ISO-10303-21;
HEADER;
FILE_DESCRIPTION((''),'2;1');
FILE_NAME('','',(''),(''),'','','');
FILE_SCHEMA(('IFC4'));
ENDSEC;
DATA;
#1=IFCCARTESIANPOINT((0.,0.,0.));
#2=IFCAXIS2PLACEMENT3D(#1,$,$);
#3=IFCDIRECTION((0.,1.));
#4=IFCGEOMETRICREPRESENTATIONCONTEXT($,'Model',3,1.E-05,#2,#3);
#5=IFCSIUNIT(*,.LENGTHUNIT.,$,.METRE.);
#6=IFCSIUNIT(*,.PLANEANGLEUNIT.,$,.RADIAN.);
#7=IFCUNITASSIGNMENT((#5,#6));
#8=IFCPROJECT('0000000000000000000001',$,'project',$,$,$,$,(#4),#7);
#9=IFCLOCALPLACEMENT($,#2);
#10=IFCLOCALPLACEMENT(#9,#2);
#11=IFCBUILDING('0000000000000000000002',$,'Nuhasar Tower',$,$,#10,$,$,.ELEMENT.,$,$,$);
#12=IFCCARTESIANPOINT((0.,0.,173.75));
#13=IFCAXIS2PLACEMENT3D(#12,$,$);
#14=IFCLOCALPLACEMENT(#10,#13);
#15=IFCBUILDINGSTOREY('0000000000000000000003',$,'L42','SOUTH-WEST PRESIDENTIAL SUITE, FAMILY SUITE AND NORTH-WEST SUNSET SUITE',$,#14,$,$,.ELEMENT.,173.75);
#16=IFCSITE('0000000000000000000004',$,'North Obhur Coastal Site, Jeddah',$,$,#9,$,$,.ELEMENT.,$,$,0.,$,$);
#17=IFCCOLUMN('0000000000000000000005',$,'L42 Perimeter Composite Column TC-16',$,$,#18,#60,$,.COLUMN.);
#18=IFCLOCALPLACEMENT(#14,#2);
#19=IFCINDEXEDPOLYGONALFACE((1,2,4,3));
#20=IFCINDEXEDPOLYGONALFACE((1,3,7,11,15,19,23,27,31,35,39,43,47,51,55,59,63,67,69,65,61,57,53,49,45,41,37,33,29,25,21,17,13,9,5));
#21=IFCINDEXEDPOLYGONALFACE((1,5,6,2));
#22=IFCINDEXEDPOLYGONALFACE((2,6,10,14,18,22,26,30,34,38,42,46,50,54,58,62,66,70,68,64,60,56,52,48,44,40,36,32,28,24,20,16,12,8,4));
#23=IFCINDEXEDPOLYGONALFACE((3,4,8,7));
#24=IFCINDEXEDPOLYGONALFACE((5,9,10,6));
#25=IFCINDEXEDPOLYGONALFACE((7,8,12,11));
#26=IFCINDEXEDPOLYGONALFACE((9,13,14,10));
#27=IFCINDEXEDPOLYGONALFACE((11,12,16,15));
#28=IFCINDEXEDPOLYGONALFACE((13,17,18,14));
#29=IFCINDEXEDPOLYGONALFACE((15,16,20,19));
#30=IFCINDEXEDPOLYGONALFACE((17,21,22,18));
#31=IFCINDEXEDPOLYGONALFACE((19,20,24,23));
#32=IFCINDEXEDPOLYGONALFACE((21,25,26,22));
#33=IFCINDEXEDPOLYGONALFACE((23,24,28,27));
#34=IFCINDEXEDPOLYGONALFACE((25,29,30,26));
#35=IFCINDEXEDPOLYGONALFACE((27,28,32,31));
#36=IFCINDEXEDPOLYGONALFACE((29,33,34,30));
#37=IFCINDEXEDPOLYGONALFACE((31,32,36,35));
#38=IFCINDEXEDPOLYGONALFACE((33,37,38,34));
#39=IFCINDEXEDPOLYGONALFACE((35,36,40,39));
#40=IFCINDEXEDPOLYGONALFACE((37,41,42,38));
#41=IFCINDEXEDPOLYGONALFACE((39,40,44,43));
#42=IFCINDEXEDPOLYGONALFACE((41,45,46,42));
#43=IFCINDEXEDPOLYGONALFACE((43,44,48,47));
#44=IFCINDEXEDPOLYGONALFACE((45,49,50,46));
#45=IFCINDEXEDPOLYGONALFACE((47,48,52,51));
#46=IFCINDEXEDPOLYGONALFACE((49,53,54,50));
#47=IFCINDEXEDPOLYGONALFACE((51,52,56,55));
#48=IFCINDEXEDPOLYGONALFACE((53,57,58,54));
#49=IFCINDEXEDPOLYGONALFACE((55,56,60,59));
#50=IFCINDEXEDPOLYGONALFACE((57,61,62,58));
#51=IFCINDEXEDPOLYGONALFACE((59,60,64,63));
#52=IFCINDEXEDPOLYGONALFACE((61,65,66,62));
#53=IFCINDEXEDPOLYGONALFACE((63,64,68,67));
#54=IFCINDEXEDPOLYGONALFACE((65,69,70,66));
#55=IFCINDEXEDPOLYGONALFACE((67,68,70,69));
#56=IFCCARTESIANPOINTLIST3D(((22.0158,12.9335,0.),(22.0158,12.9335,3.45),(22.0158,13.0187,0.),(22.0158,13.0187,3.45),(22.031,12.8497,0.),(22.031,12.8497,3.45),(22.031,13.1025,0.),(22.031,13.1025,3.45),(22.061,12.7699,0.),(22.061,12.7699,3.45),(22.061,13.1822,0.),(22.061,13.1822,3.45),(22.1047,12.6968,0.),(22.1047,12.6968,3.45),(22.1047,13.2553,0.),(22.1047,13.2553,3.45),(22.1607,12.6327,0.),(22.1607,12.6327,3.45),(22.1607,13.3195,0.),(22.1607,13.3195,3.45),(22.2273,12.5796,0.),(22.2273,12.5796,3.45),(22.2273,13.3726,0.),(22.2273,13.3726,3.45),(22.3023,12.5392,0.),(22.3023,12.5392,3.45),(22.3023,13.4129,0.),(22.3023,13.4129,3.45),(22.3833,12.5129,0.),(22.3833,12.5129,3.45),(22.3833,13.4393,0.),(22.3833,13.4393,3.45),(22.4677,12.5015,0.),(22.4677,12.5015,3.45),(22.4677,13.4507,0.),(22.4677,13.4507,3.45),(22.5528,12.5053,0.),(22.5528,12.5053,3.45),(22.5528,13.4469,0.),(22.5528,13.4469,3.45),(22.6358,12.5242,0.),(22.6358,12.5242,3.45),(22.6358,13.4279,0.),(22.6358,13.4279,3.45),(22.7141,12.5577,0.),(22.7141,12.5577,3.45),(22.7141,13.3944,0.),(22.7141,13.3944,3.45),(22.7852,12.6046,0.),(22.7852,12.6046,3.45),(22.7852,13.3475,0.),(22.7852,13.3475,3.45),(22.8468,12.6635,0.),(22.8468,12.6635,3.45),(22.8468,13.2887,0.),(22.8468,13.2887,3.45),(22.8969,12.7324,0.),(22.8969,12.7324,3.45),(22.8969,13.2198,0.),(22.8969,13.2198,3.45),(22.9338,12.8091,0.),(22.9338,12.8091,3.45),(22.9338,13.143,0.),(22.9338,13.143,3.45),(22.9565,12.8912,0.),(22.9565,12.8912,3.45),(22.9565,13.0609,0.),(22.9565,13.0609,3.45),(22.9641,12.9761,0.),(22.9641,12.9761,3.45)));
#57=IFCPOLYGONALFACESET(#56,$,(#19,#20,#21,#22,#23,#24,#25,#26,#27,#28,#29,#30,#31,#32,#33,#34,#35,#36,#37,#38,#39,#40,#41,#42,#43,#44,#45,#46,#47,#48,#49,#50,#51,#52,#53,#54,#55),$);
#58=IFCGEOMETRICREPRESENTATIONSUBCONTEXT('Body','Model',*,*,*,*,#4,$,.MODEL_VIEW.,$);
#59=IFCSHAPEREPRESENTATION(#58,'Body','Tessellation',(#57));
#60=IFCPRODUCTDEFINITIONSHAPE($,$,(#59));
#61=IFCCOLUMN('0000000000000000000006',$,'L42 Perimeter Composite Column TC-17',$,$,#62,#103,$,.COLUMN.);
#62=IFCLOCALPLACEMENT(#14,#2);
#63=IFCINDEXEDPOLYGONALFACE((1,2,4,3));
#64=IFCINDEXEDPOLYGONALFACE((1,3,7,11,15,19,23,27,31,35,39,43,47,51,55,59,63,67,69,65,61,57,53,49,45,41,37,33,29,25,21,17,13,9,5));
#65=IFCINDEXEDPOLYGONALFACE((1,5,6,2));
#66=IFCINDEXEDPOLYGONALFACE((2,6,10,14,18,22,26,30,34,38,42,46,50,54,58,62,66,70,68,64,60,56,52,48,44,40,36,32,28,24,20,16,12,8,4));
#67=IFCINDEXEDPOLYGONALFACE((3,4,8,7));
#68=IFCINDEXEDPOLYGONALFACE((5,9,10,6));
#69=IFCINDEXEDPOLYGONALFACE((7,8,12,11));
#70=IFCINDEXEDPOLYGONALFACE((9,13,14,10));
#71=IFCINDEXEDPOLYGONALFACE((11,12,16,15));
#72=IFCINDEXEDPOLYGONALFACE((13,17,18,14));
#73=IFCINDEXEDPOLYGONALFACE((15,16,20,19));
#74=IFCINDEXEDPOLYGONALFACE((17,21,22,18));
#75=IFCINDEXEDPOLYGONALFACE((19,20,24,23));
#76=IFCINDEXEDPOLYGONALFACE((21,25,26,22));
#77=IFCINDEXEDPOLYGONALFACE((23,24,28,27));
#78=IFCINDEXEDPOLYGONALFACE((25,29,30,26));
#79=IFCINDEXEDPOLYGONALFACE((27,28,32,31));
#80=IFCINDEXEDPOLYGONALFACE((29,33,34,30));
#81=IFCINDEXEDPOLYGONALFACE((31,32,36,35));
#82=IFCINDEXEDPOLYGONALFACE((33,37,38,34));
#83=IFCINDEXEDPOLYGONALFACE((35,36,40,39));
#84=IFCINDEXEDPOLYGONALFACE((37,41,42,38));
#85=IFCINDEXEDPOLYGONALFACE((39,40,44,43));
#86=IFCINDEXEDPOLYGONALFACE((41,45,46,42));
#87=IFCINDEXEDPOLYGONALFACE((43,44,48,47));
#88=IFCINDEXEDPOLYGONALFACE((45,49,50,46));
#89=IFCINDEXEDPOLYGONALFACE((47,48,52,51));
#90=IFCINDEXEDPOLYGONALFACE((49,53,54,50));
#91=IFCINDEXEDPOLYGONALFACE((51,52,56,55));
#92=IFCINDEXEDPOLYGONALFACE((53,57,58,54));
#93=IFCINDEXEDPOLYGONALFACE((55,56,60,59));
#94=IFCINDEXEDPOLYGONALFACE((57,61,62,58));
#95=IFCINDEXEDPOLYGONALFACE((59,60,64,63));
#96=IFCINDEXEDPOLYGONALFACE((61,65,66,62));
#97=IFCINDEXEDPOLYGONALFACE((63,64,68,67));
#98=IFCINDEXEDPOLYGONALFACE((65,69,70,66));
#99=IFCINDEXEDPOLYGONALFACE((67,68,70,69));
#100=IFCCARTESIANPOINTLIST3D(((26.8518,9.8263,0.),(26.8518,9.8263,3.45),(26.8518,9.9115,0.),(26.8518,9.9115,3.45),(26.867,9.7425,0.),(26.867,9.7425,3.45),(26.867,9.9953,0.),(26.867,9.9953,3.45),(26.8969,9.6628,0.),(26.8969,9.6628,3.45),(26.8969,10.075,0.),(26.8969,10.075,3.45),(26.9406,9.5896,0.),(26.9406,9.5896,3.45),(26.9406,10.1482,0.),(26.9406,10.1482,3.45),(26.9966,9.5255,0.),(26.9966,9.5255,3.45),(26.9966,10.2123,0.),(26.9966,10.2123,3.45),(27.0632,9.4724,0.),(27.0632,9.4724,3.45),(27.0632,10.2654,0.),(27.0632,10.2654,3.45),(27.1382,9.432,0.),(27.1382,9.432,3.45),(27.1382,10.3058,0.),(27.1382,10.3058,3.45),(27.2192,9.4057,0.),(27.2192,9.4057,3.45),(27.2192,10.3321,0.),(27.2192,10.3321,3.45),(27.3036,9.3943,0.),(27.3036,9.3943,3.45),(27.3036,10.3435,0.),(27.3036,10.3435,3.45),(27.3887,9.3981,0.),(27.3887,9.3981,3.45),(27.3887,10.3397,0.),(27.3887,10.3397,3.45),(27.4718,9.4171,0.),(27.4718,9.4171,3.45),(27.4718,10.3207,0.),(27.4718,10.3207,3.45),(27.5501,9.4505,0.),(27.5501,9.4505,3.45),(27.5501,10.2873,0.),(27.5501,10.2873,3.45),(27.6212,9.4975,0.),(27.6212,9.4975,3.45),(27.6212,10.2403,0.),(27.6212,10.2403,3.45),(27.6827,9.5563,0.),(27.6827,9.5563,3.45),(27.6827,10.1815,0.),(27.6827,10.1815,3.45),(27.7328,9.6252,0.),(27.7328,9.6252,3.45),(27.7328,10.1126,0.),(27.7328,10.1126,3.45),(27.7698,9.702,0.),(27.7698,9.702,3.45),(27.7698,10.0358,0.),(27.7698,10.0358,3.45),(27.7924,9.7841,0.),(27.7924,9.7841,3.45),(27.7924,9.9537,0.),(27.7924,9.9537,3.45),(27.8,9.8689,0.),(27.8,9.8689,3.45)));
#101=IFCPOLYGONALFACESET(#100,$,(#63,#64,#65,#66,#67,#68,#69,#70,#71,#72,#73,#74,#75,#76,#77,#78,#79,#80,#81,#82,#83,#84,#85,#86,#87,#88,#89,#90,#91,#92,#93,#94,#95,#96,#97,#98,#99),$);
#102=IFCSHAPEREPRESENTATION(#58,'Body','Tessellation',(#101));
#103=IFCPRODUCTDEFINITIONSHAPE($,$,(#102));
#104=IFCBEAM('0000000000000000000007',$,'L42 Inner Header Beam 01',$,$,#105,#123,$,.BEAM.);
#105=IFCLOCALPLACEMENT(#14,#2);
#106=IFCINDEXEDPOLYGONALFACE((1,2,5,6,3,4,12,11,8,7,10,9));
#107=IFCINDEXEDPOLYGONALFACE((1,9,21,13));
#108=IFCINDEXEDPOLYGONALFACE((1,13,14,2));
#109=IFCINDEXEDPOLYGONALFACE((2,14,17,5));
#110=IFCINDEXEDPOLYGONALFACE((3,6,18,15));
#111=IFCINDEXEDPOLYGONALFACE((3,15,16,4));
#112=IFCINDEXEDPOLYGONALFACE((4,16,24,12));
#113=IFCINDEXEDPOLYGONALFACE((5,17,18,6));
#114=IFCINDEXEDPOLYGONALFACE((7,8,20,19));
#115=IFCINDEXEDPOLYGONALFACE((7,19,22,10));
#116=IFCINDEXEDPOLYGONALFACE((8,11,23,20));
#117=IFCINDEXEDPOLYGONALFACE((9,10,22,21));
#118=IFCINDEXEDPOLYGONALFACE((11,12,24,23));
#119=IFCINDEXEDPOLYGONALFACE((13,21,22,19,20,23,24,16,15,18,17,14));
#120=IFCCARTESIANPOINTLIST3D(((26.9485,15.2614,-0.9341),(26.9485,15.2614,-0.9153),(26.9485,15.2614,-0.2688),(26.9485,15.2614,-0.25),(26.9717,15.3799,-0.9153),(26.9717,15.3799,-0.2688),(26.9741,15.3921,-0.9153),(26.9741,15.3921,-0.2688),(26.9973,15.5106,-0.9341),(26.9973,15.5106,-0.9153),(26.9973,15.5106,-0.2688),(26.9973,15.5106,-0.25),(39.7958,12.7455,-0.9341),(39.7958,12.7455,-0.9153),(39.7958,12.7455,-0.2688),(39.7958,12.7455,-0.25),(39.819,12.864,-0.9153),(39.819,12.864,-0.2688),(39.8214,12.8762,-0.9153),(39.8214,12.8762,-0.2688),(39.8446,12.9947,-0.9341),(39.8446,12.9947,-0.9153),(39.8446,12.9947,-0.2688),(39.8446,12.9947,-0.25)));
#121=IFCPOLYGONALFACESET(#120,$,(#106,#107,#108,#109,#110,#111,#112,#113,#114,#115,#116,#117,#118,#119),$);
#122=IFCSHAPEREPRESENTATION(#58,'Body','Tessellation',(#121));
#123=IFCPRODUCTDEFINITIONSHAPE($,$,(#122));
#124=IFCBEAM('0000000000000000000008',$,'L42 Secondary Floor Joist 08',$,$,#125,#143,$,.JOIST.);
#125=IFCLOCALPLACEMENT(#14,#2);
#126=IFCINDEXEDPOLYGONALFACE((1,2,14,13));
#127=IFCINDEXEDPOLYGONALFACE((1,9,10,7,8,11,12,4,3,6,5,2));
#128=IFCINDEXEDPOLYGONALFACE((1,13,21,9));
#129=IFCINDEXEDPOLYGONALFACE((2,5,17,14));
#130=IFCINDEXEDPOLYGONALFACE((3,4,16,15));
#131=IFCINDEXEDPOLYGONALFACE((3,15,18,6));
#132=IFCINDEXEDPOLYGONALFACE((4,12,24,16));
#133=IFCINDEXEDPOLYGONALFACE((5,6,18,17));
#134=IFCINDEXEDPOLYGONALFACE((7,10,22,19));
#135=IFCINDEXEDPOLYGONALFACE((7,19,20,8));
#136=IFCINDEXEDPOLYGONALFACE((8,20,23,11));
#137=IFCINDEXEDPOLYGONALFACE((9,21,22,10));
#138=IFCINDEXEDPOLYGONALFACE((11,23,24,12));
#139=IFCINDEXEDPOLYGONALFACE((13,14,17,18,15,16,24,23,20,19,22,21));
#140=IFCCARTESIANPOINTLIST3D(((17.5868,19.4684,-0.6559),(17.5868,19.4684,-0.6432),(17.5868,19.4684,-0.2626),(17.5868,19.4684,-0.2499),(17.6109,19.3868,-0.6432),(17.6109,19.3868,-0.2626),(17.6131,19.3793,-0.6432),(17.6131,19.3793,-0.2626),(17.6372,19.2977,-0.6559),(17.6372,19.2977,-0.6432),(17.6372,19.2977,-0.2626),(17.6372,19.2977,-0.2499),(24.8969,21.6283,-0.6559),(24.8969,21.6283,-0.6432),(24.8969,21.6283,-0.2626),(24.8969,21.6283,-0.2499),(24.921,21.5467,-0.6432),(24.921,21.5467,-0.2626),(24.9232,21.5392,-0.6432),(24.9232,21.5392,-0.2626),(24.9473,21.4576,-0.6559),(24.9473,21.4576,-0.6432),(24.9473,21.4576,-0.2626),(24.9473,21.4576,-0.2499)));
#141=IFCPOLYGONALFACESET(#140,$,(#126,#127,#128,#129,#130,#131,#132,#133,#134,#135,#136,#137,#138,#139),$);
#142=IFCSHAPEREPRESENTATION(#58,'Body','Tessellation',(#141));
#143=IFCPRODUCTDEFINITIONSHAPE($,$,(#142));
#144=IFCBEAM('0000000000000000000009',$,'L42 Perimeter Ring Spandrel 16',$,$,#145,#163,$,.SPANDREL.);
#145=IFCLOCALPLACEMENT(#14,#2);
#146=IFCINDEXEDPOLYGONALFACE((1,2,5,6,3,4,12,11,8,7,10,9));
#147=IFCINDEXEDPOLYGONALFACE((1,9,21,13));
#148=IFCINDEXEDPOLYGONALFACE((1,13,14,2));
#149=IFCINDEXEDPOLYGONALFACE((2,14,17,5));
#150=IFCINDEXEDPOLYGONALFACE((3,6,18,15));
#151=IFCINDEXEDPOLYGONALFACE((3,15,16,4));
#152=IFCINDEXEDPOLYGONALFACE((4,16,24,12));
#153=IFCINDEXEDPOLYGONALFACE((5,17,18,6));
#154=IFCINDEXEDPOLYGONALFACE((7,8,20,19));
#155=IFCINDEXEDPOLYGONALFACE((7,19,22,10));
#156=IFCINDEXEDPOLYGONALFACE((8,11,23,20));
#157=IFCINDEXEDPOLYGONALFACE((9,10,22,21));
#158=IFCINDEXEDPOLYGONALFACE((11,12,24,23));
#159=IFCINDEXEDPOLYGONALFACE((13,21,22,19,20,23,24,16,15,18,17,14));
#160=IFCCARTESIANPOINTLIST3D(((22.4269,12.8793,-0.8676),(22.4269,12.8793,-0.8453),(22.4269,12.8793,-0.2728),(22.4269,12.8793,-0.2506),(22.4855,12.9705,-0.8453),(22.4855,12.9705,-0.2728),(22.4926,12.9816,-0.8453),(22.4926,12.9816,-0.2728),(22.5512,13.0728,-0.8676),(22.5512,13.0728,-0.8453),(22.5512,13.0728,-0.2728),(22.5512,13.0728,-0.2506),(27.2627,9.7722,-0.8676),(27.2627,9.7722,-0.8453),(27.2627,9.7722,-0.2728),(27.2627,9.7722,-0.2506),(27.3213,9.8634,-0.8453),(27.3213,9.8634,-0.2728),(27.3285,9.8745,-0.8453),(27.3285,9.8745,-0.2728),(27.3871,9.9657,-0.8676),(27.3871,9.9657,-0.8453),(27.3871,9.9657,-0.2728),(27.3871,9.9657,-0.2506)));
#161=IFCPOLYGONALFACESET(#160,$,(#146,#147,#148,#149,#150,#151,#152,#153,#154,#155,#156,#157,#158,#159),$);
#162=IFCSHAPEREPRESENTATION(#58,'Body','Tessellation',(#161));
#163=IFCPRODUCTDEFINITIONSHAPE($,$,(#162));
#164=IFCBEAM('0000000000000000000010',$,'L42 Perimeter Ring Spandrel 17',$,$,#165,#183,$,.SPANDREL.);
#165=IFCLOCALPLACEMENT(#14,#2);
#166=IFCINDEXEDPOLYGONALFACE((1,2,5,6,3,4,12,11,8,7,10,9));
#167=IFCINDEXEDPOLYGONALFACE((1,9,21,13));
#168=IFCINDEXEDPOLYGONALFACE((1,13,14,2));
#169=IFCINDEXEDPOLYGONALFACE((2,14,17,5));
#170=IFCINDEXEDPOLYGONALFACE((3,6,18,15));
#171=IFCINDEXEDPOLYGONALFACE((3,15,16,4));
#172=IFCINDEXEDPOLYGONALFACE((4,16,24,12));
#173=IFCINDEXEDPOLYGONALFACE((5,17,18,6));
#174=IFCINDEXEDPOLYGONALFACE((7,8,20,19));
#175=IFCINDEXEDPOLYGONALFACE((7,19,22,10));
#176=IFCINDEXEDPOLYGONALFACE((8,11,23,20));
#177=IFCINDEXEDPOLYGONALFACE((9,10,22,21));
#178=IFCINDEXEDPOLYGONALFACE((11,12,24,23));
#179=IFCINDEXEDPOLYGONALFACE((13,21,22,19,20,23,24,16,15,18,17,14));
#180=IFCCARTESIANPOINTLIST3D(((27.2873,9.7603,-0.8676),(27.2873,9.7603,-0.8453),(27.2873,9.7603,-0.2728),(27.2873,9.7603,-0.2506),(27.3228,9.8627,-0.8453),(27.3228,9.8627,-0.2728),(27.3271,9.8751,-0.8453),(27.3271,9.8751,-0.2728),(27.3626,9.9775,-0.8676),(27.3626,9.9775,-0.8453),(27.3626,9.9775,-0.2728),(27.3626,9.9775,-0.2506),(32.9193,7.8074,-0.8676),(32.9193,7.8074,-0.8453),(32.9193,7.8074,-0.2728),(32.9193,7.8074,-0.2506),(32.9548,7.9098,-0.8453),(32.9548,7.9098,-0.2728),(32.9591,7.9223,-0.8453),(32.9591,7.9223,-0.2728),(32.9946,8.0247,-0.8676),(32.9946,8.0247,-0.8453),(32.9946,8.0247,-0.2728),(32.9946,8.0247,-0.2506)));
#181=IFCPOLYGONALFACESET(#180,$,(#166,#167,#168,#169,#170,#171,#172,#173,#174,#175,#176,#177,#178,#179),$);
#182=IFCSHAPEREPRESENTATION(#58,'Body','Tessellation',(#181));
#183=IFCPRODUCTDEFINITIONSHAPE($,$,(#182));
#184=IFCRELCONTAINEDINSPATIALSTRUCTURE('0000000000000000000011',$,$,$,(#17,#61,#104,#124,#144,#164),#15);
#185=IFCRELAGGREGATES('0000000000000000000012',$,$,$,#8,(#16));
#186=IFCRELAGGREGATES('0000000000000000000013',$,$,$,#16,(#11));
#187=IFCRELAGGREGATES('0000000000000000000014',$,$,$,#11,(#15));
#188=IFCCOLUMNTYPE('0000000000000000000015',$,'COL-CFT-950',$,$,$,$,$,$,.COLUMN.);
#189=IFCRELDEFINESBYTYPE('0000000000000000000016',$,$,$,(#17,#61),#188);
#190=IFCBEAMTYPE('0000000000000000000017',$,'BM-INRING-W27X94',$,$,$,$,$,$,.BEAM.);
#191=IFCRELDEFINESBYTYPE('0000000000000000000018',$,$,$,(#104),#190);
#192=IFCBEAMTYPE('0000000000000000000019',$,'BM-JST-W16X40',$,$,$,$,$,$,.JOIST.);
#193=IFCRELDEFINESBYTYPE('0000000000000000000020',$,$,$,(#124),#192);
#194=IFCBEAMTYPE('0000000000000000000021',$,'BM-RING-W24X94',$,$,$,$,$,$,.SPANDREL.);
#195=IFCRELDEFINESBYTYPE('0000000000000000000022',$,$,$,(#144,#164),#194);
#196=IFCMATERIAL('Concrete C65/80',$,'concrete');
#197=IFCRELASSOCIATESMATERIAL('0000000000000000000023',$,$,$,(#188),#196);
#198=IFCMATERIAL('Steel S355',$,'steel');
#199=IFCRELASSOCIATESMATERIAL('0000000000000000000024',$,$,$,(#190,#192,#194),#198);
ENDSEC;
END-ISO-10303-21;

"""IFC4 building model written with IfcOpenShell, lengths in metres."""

from ifc_helpers import new_model, si_unit, direction, frame, origin, origin_2d, place, context, subcontext, project, spatial, circle, i_section, extrude, material, material_profile, profile_set, type_object, element, save


model = new_model("IFC4")

# Units and contexts
model_context = context("Model", 3, precision=1e-05, world=origin(), true_north=direction((0.0, 1.0)))
body_context = subcontext(model_context, "Body", "Model", "MODEL_VIEW")
ifc_project = project(units=[si_unit("LENGTHUNIT", "METRE"), si_unit("PLANEANGLEUNIT", "RADIAN")], contexts=[model_context])

# Site, building, storey
site_placement = place(None, origin())
site = spatial("IfcSite", under=ifc_project, at=site_placement, Name="North Obhur Coastal Site, Jeddah", CompositionType="ELEMENT", RefElevation=0.0)
building_placement = place(site_placement, origin())
building = spatial("IfcBuilding", under=site, at=building_placement, Name="Nuhasar Tower", CompositionType="ELEMENT")
storey_placement = place(building_placement, frame((0.0, 0.0, 173.75)))
storey = spatial("IfcBuildingStorey", under=building, at=storey_placement, Name="L42", Description="SOUTH-WEST PRESIDENTIAL SUITE, FAMILY SUITE AND NORTH-WEST SUNSET SUITE", CompositionType="ELEMENT", Elevation=173.75)

# Columns
ifc_material_1 = material(Name="Concrete C65/80", Category="concrete")
ifc_material_profile_1 = material_profile(ifc_material_1, circle(Radius=0.4751, at=origin_2d()), Name="CFT950")
ifc_profile_set_1 = profile_set([ifc_material_profile_1], Name="Concrete C65/80")
column_type = type_object("IfcColumnType", Name="COL-CFT-950", PredefinedType="COLUMN", material=ifc_profile_set_1)
for number, where, z_axis, x_axis, name in (
    (1, (22.489, 12.9761, 0.0), (0.0, 0.0, 1.0), (1.0, 0.0, 0.0), "L42 Perimeter Composite Column TC-16"),
    (2, (27.325, 9.8689, 0.0), (0.0, 0.0, 1.0), (1.0, 0.0, 0.0), "L42 Perimeter Composite Column TC-17"),
):
    element("IfcColumn", number, at=place(storey_placement, frame(where, z_axis=z_axis, x_axis=x_axis)), inside=storey, type_object=column_type, Name=name, PredefinedType="COLUMN", context=body_context, shape_type="SweptSolid", body=[
        extrude(circle(Radius=0.4751, at=origin_2d()), origin(), (0.0, 0.0, 1.0), 3.45),
    ])

# Beams
ifc_material_2 = material(Name="Steel S355", Category="steel")
ifc_material_profile_2 = material_profile(ifc_material_2, i_section(OverallWidth=0.2539, OverallDepth=0.6841, WebThickness=0.0125, FlangeThickness=0.0188, at=origin_2d()), Name="W27X94")
ifc_profile_set_2 = profile_set([ifc_material_profile_2], Name="Steel S355")
beam_type_1 = type_object("IfcBeamType", Name="BM-INRING-W27X94", PredefinedType="BEAM", material=ifc_profile_set_2)
beam_1_placement = place(storey_placement, frame((26.9729, 15.386, -0.592), z_axis=(0.98136, -0.19218, 0.0), x_axis=(0.19218, 0.98136, 0.0)))
element("IfcBeam", 3, at=beam_1_placement, inside=storey, type_object=beam_type_1, Name="L42 Inner Header Beam 01", PredefinedType="BEAM", context=body_context, shape_type="SweptSolid", body=[
    extrude(i_section(OverallWidth=0.2539, OverallDepth=0.6841, WebThickness=0.0125, FlangeThickness=0.0188, at=origin_2d()), origin(), (0.0, 0.0, 1.0), 13.0913),
])
ifc_material_profile_3 = material_profile(ifc_material_2, i_section(OverallWidth=0.178, OverallDepth=0.406, WebThickness=0.0078, FlangeThickness=0.0127, at=origin_2d()), Name="W16X40")
ifc_profile_set_3 = profile_set([ifc_material_profile_3], Name="Steel S355")
beam_type_2 = type_object("IfcBeamType", Name="BM-JST-W16X40", PredefinedType="JOIST", material=ifc_profile_set_3)
beam_2_placement = place(storey_placement, frame((24.9221, 21.543, -0.4529), z_axis=(-0.959013, -0.283361, 0.0), x_axis=(0.283361, -0.959013, 0.0)))
element("IfcBeam", 4, at=beam_2_placement, inside=storey, type_object=beam_type_2, Name="L42 Secondary Floor Joist 08", PredefinedType="JOIST", context=body_context, shape_type="SweptSolid", body=[
    extrude(i_section(OverallWidth=0.178, OverallDepth=0.406, WebThickness=0.0078, FlangeThickness=0.0127, at=origin_2d()), origin(), (0.0, 0.0, 1.0), 7.6226),
])
ifc_material_profile_4 = material_profile(ifc_material_2, i_section(OverallWidth=0.23, OverallDepth=0.6169, WebThickness=0.0132, FlangeThickness=0.0222, at=origin_2d()), Name="W24X94")
ifc_profile_set_4 = profile_set([ifc_material_profile_4], Name="Steel S355")
beam_type_3 = type_object("IfcBeamType", Name="BM-RING-W24X94", PredefinedType="SPANDREL", material=ifc_profile_set_4)
beam_3_placement = place(storey_placement, frame((22.489, 12.9761, -0.5591), z_axis=(0.841308, -0.540556, 0.0), x_axis=(0.540556, 0.841308, 0.0)))
element("IfcBeam", 5, at=beam_3_placement, inside=storey, type_object=beam_type_3, Name="L42 Perimeter Ring Spandrel 16", PredefinedType="SPANDREL", context=body_context, shape_type="SweptSolid", body=[
    extrude(i_section(OverallWidth=0.23, OverallDepth=0.6169, WebThickness=0.0132, FlangeThickness=0.0222, at=origin_2d()), origin(), (0.0, 0.0, 1.0), 5.748),
])
beam_4_placement = place(storey_placement, frame((27.325, 9.8689, -0.5591), z_axis=(0.944814, -0.327607, 0.0), x_axis=(0.327607, 0.944814, 0.0)))
element("IfcBeam", 6, at=beam_4_placement, inside=storey, type_object=beam_type_3, Name="L42 Perimeter Ring Spandrel 17", PredefinedType="SPANDREL", context=body_context, shape_type="SweptSolid", body=[
    extrude(i_section(OverallWidth=0.23, OverallDepth=0.6169, WebThickness=0.0132, FlangeThickness=0.0222, at=origin_2d()), origin(), (0.0, 0.0, 1.0), 5.9609),
])

save(model, "model.ifc")
